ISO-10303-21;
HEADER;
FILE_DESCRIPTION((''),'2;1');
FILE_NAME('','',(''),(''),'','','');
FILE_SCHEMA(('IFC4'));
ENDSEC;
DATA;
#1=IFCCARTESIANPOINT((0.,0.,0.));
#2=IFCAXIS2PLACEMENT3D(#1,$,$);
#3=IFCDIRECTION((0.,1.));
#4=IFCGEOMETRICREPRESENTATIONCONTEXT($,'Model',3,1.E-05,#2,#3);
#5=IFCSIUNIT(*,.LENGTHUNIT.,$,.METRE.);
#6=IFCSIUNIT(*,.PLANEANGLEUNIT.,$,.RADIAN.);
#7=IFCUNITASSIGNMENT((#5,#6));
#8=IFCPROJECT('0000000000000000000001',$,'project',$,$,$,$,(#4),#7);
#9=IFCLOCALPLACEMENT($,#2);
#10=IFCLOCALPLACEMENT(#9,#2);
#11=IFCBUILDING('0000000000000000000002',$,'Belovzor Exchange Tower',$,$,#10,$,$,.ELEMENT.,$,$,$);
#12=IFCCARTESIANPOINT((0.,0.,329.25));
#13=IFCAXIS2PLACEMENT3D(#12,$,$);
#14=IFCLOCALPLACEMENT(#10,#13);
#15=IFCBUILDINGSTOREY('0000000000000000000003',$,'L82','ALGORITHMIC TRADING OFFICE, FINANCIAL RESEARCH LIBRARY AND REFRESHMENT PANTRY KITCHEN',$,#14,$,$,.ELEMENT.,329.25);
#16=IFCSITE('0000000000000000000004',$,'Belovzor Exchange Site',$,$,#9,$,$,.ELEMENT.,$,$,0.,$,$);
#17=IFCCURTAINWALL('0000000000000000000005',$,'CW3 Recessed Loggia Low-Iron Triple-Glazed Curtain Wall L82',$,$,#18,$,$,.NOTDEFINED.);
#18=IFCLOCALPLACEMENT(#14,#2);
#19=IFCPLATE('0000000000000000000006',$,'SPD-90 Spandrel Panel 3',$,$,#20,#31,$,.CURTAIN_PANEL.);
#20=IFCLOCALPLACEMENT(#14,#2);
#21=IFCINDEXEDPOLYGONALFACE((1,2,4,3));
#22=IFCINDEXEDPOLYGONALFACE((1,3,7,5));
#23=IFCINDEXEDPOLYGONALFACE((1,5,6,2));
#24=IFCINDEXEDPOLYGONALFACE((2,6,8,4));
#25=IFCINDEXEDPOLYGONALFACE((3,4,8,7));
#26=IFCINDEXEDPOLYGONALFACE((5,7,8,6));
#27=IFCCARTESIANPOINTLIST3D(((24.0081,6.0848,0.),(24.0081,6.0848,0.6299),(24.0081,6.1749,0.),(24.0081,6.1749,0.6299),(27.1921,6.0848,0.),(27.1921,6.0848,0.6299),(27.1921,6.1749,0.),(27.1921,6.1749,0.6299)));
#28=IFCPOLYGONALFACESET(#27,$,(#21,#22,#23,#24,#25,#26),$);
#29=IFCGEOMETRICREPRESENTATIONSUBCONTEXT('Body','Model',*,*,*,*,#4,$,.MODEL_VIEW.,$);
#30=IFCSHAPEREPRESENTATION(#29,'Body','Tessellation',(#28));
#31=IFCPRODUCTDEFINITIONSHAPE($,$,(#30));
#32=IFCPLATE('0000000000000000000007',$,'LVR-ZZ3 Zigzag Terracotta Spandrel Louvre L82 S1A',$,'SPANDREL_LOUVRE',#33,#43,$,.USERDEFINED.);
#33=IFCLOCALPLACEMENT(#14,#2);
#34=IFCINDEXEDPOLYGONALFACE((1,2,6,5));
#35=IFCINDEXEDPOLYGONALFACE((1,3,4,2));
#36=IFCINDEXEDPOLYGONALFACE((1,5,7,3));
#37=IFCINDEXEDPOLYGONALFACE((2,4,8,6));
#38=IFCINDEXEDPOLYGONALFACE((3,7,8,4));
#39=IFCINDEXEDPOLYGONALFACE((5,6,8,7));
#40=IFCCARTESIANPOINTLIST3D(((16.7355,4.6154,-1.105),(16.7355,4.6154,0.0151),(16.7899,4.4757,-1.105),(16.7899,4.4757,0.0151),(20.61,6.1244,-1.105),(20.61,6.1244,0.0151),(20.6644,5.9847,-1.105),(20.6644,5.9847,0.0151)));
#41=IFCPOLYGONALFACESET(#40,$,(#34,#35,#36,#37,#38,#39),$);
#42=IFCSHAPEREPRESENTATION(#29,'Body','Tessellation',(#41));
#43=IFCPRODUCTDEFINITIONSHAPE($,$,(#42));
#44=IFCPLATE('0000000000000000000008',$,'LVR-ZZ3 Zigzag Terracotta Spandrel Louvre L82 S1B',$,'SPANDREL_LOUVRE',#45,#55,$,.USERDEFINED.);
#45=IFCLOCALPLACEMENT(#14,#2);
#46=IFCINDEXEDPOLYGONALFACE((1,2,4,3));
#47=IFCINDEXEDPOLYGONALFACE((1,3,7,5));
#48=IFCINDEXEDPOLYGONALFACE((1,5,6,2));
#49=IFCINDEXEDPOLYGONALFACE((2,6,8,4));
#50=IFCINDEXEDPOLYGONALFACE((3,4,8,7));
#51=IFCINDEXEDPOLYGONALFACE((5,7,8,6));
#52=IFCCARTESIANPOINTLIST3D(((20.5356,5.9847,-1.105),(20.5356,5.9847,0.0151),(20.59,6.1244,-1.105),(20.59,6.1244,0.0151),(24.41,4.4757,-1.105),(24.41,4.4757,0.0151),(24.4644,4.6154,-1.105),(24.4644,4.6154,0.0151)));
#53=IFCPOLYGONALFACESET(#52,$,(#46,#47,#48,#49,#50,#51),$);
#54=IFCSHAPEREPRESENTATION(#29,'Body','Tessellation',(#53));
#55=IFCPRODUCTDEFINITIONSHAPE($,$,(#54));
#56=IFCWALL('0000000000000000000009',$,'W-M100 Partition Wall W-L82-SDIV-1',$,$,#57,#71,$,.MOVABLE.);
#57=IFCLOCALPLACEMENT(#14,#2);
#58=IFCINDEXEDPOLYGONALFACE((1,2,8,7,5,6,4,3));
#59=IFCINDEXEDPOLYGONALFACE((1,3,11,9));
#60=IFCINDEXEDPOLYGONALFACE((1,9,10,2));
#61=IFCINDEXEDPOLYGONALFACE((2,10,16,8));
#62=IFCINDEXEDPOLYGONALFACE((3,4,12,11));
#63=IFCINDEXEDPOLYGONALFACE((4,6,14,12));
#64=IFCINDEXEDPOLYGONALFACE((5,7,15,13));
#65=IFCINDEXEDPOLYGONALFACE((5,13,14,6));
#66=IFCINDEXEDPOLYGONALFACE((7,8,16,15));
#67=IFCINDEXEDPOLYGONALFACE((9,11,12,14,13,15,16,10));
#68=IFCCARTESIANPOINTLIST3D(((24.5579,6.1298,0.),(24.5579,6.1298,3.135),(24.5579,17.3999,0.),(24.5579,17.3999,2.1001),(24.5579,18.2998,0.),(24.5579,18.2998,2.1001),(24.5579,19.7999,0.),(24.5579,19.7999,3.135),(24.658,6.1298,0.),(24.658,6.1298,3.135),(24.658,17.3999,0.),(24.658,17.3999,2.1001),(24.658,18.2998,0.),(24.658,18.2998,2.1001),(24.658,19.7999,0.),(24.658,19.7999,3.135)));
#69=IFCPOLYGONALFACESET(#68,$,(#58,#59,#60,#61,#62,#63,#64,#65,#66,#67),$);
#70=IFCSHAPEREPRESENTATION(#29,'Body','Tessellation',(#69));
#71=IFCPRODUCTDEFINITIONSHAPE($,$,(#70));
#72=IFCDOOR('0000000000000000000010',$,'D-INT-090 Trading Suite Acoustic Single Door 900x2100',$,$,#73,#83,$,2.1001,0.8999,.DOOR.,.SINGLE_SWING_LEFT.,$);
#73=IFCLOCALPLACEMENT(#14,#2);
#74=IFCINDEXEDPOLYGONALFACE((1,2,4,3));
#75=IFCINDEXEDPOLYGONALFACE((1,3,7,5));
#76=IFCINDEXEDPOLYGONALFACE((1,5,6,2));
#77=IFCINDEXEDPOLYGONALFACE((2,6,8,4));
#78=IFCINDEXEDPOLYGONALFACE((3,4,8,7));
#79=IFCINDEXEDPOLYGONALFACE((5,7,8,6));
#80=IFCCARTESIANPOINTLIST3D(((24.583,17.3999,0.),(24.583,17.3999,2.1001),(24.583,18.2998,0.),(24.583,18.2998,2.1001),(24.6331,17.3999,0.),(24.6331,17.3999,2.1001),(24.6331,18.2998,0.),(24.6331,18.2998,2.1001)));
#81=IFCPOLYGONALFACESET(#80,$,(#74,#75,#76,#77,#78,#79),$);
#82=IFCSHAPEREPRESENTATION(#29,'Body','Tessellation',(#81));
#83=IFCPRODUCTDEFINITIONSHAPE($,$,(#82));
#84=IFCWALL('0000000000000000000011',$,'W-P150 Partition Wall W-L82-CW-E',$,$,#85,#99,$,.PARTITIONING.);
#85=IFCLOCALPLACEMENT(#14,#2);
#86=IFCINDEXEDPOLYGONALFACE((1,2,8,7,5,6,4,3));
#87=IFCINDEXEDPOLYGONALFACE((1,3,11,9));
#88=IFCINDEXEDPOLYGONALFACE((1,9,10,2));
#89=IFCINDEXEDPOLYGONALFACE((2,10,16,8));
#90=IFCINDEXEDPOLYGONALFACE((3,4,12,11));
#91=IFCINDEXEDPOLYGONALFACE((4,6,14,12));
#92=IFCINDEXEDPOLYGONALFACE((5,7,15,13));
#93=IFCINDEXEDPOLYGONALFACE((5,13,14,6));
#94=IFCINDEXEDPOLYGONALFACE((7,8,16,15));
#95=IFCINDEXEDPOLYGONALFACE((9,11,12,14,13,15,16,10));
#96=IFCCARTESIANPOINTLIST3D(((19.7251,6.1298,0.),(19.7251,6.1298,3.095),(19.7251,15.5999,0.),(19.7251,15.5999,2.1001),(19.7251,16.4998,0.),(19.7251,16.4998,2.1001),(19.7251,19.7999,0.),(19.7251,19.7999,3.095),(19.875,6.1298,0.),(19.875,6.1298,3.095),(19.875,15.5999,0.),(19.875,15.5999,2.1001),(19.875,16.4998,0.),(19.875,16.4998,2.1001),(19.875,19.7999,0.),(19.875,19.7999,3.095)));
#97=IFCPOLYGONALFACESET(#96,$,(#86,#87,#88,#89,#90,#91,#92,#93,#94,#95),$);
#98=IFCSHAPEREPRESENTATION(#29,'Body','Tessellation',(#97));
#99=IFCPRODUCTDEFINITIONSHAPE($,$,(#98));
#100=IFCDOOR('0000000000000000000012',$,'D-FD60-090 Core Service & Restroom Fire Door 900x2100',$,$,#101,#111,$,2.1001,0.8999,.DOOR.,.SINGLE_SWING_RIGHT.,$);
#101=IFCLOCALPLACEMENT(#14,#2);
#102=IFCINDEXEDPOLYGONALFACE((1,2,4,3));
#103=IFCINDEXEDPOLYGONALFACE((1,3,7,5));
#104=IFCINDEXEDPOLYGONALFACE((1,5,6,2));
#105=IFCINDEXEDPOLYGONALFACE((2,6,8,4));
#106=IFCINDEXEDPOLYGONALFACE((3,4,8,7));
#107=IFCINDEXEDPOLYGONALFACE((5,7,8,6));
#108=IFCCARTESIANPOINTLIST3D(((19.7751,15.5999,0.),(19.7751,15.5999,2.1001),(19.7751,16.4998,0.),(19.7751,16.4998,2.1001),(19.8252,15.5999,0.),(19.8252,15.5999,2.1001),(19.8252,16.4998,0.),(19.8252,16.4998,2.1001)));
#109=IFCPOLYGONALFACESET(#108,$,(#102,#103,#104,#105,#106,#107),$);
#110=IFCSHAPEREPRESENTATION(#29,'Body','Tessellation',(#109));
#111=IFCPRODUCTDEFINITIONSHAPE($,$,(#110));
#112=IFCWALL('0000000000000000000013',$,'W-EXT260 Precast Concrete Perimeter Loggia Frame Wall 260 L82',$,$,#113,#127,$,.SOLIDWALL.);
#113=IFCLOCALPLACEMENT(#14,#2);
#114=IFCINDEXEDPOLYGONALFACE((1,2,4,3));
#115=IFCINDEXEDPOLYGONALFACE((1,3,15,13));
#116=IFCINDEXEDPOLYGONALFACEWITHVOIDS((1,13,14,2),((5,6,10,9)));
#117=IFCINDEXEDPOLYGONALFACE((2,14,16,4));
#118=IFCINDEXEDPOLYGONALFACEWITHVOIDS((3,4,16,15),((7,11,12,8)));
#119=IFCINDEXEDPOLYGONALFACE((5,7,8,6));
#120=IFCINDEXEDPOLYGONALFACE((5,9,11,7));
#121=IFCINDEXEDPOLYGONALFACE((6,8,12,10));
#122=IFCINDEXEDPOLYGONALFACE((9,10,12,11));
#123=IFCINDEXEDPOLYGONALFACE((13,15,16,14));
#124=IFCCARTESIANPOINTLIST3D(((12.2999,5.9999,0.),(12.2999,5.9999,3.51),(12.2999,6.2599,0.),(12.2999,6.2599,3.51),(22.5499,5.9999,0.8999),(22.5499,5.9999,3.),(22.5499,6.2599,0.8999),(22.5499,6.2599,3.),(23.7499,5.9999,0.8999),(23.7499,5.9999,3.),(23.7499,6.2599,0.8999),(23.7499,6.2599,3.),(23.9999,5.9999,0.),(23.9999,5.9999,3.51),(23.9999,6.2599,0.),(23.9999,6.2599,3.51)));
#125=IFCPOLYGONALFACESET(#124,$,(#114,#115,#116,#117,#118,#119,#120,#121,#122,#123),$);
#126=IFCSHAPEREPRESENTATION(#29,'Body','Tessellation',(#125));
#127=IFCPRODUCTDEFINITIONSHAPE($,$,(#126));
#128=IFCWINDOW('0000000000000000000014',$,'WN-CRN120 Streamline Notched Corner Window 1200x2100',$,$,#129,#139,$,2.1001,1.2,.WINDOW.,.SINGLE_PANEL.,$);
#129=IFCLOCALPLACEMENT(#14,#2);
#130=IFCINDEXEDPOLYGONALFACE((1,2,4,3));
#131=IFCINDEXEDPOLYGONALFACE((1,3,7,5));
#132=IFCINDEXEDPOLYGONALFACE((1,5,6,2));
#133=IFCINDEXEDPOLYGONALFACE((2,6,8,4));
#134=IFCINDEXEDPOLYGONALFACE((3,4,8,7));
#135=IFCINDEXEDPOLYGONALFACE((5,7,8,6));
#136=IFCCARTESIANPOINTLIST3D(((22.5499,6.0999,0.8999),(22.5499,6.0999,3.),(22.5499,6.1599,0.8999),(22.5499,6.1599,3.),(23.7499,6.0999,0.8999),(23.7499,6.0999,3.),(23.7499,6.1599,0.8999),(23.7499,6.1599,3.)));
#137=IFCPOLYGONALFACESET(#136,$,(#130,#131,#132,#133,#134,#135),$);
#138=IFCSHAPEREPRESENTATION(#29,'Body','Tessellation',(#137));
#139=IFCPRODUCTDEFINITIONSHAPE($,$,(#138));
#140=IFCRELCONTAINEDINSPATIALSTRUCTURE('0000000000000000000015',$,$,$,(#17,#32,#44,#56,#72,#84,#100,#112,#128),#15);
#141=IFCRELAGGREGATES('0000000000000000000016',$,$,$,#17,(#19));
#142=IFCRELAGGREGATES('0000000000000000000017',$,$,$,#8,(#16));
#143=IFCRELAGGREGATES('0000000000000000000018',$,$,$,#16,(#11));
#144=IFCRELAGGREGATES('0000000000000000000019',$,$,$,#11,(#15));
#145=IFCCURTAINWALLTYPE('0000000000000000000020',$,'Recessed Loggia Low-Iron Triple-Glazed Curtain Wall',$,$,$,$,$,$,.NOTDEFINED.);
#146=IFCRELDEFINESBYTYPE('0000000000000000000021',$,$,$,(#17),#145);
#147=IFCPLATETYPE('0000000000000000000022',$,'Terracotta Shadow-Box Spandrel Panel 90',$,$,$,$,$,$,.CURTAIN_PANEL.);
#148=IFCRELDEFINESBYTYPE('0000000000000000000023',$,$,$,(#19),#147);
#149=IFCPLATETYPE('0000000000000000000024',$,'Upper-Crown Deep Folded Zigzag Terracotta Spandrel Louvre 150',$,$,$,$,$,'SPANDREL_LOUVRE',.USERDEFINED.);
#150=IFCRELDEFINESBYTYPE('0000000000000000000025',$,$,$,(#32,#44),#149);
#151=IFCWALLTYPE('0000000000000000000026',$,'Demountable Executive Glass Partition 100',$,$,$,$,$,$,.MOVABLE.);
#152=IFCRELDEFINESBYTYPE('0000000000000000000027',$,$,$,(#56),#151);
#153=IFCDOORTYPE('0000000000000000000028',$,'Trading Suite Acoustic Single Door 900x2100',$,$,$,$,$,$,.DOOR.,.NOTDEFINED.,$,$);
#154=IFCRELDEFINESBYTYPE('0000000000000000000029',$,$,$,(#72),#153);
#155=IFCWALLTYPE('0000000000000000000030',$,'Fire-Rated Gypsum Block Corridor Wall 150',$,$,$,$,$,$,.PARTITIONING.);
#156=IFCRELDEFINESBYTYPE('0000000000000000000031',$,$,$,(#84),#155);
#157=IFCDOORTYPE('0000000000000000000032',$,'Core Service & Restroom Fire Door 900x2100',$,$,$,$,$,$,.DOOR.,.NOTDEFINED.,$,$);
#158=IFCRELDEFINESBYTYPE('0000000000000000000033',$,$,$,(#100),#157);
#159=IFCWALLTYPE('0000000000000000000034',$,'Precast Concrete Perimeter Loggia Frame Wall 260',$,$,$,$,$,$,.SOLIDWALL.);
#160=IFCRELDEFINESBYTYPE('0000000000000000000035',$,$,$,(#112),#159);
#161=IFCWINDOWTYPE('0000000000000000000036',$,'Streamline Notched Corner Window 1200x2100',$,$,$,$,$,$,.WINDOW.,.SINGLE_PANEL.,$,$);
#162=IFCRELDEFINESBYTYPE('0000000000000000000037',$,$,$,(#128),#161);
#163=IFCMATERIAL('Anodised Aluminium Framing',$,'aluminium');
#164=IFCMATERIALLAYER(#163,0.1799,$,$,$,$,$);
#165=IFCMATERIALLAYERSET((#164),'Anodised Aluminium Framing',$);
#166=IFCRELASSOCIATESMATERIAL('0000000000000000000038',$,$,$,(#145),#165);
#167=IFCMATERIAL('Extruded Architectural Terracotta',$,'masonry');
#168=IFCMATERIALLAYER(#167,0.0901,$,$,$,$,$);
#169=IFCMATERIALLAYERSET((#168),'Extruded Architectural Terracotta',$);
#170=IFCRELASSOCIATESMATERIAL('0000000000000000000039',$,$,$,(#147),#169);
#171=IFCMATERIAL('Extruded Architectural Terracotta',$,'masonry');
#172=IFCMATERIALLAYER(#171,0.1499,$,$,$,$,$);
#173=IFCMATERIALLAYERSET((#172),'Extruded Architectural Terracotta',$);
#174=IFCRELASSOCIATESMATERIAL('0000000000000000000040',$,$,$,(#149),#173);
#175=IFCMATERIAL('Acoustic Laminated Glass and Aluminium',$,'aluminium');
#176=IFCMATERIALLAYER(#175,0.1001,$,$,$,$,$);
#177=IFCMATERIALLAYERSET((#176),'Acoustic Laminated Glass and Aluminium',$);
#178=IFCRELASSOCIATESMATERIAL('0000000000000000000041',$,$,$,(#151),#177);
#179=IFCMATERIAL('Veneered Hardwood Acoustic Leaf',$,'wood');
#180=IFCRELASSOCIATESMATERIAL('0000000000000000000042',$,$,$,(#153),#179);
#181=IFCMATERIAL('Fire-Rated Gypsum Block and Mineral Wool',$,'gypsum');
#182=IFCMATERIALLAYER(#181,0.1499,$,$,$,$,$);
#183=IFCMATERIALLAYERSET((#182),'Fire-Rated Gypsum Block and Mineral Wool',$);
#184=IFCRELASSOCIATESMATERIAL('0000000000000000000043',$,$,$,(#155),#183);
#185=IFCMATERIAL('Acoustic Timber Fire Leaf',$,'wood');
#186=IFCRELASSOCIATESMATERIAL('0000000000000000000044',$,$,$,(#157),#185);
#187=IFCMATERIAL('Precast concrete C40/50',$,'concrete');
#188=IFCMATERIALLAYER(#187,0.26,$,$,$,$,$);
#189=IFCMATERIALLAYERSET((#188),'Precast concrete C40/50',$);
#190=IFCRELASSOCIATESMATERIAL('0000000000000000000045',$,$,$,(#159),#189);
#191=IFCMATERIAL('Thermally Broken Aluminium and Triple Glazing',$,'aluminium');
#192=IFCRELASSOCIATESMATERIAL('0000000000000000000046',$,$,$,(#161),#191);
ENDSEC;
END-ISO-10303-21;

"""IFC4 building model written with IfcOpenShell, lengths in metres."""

from ifc_helpers import new_model, si_unit, direction, frame, frame_2d, origin, origin_2d, place, context, subcontext, project, spatial, rectangle, extrude, material, layer, layer_set, type_object, element, fill, aggregate, save


model = new_model("IFC4")

# Units and contexts
model_context = context("Model", 3, precision=1e-05, world=origin(), true_north=direction((0.0, 1.0)))
body_context = subcontext(model_context, "Body", "Model", "MODEL_VIEW")
ifc_project = project(units=[si_unit("LENGTHUNIT", "METRE"), si_unit("PLANEANGLEUNIT", "RADIAN")], contexts=[model_context])

# Site, building, storey
site_placement = place(None, origin())
site = spatial("IfcSite", under=ifc_project, at=site_placement, Name="Belovzor Exchange Site", CompositionType="ELEMENT", RefElevation=0.0)
building_placement = place(site_placement, origin())
building = spatial("IfcBuilding", under=site, at=building_placement, Name="Belovzor Exchange Tower", CompositionType="ELEMENT")
storey_placement = place(building_placement, frame((0.0, 0.0, 329.25)))
storey = spatial("IfcBuildingStorey", under=building, at=storey_placement, Name="L82", Description="ALGORITHMIC TRADING OFFICE, FINANCIAL RESEARCH LIBRARY AND REFRESHMENT PANTRY KITCHEN", CompositionType="ELEMENT", Elevation=329.25)

# Curtain wall
ifc_material_1 = material(Name="Anodised Aluminium Framing", Category="aluminium")
ifc_layer_1 = layer(ifc_material_1, 0.1799)
ifc_layer_set_1 = layer_set([ifc_layer_1], Name="Anodised Aluminium Framing")
curtain_wall_type = type_object("IfcCurtainWallType", Name="Recessed Loggia Low-Iron Triple-Glazed Curtain Wall", PredefinedType="NOTDEFINED", material=ifc_layer_set_1)
curtain_wall_placement = place(storey_placement, origin())
curtain_wall = element("IfcCurtainWall", 1, at=curtain_wall_placement, inside=storey, type_object=curtain_wall_type, Name="CW3 Recessed Loggia Low-Iron Triple-Glazed Curtain Wall L82", PredefinedType="NOTDEFINED")

# Plate
ifc_material_2 = material(Name="Extruded Architectural Terracotta", Category="masonry")
ifc_layer_2 = layer(ifc_material_2, 0.0901)
ifc_layer_set_2 = layer_set([ifc_layer_2], Name="Extruded Architectural Terracotta")
plate_type_1 = type_object("IfcPlateType", Name="Terracotta Shadow-Box Spandrel Panel 90", PredefinedType="CURTAIN_PANEL", material=ifc_layer_set_2)
plate_1_placement = place(storey_placement, frame((25.6001, 6.1299, 0.0), z_axis=(0.0, 0.0, 1.0), x_axis=(-1.0, 0.0, 0.0)))
plate_1 = element("IfcPlate", 2, at=plate_1_placement, type_object=plate_type_1, Name="SPD-90 Spandrel Panel 3", PredefinedType="CURTAIN_PANEL", context=body_context, shape_type="SweptSolid", body=[
    extrude(rectangle(XDim=3.1841, YDim=0.0901, at=origin_2d()), origin(), (0.0, 0.0, 1.0), 0.6299),
])
aggregate(curtain_wall, [plate_1])

# Plates
ifc_material_3 = material(Name="Extruded Architectural Terracotta", Category="masonry")
ifc_layer_3 = layer(ifc_material_3, 0.1499)
ifc_layer_set_3 = layer_set([ifc_layer_3], Name="Extruded Architectural Terracotta")
plate_type_2 = type_object("IfcPlateType", Name="Upper-Crown Deep Folded Zigzag Terracotta Spandrel Louvre 150", ElementType="SPANDREL_LOUVRE", PredefinedType="USERDEFINED", material=ifc_layer_set_3)
for number, where, z_axis, x_axis, name in (
    (3, (18.7, 5.3, -1.105), (0.0, 0.0, 1.0), (0.931818, 0.362926, 0.0), "LVR-ZZ3 Zigzag Terracotta Spandrel Louvre L82 S1A"),
    (4, (22.5, 5.3, -1.105), (0.0, 0.0, 1.0), (0.931818, -0.362926, 0.0), "LVR-ZZ3 Zigzag Terracotta Spandrel Louvre L82 S1B"),
):
    element("IfcPlate", number, at=place(storey_placement, frame(where, z_axis=z_axis, x_axis=x_axis)), inside=storey, type_object=plate_type_2, Name=name, ObjectType="SPANDREL_LOUVRE", PredefinedType="USERDEFINED", context=body_context, shape_type="SweptSolid", body=[
        extrude(rectangle(XDim=4.158, YDim=0.1499, at=origin_2d()), origin(), (0.0, 0.0, 1.0), 1.1201),
    ])

# Walls, openings, doors
ifc_material_4 = material(Name="Acoustic Laminated Glass and Aluminium", Category="aluminium")
ifc_layer_4 = layer(ifc_material_4, 0.1001)
ifc_layer_set_4 = layer_set([ifc_layer_4], Name="Acoustic Laminated Glass and Aluminium")
wall_type_1 = type_object("IfcWallType", Name="Demountable Executive Glass Partition 100", PredefinedType="MOVABLE", material=ifc_layer_set_4)
wall_1_placement = place(storey_placement, frame((24.6079, 6.1299, 0.0), z_axis=(0.0, 0.0, 1.0), x_axis=(0.0, 1.0, 0.0)))
wall_1 = element("IfcWall", 5, at=wall_1_placement, inside=storey, type_object=wall_type_1, Name="W-M100 Partition Wall W-L82-SDIV-1", PredefinedType="MOVABLE", context=body_context, shape_type="SweptSolid", body=[
    extrude(rectangle(XDim=13.6702, YDim=0.1001, at=frame_2d((6.835, 0.0))), origin(), (0.0, 0.0, 1.0), 3.135),
])
opening_1_placement = place(wall_1_placement, frame((11.27, 0.0, 0.0)))
opening_1 = element("IfcOpeningElement", 6, at=opening_1_placement, cuts=wall_1, PredefinedType="OPENING", context=body_context, shape_type="SweptSolid", body=[
    extrude(rectangle(XDim=0.8999, YDim=2.1001, at=frame_2d((0.45, 1.05))), frame((0.0, 0.0601, 0.0), z_axis=(0.0, -1.0, 0.0), x_axis=(1.0, 0.0, 0.0)), (0.0, 0.0, 1.0), 0.1201),
])
ifc_material_5 = material(Name="Veneered Hardwood Acoustic Leaf", Category="wood")
door_type_1 = type_object("IfcDoorType", Name="Trading Suite Acoustic Single Door 900x2100", OperationType="NOTDEFINED", PredefinedType="DOOR", material=ifc_material_5)
door_1_placement = place(opening_1_placement, origin())
door_1 = element("IfcDoor", 7, at=door_1_placement, inside=storey, type_object=door_type_1, Name="D-INT-090 Trading Suite Acoustic Single Door 900x2100", OperationType="SINGLE_SWING_LEFT", OverallHeight=2.1001, OverallWidth=0.8999, PredefinedType="DOOR", context=body_context, shape_type="SweptSolid", body=[
    extrude(rectangle(XDim=0.8999, YDim=2.1001, at=frame_2d((0.45, 1.05))), frame((0.0, 0.0249, 0.0), z_axis=(0.0, -1.0, 0.0), x_axis=(1.0, 0.0, 0.0)), (0.0, 0.0, 1.0), 0.05),
])
fill(opening_1, door_1)
ifc_material_6 = material(Name="Fire-Rated Gypsum Block and Mineral Wool", Category="gypsum")
ifc_layer_5 = layer(ifc_material_6, 0.1499)
ifc_layer_set_5 = layer_set([ifc_layer_5], Name="Fire-Rated Gypsum Block and Mineral Wool")
wall_type_2 = type_object("IfcWallType", Name="Fire-Rated Gypsum Block Corridor Wall 150", PredefinedType="PARTITIONING", material=ifc_layer_set_5)
wall_2_placement = place(storey_placement, frame((19.8, 6.1299, 0.0), z_axis=(0.0, 0.0, 1.0), x_axis=(0.0, 1.0, 0.0)))
wall_2 = element("IfcWall", 8, at=wall_2_placement, inside=storey, type_object=wall_type_2, Name="W-P150 Partition Wall W-L82-CW-E", PredefinedType="PARTITIONING", context=body_context, shape_type="SweptSolid", body=[
    extrude(rectangle(XDim=13.6702, YDim=0.1499, at=frame_2d((6.835, 0.0))), origin(), (0.0, 0.0, 1.0), 3.095),
])
opening_2_placement = place(wall_2_placement, frame((9.47, 0.0, 0.0)))
opening_2 = element("IfcOpeningElement", 9, at=opening_2_placement, cuts=wall_2, PredefinedType="OPENING", context=body_context, shape_type="SweptSolid", body=[
    extrude(rectangle(XDim=0.8999, YDim=2.1001, at=frame_2d((0.45, 1.05))), frame((0.0, 0.085, 0.0), z_axis=(0.0, -1.0, 0.0), x_axis=(1.0, 0.0, 0.0)), (0.0, 0.0, 1.0), 0.1699),
])
ifc_material_7 = material(Name="Acoustic Timber Fire Leaf", Category="wood")
door_type_2 = type_object("IfcDoorType", Name="Core Service & Restroom Fire Door 900x2100", OperationType="NOTDEFINED", PredefinedType="DOOR", material=ifc_material_7)
door_2_placement = place(opening_2_placement, origin())
door_2 = element("IfcDoor", 10, at=door_2_placement, inside=storey, type_object=door_type_2, Name="D-FD60-090 Core Service & Restroom Fire Door 900x2100", OperationType="SINGLE_SWING_RIGHT", OverallHeight=2.1001, OverallWidth=0.8999, PredefinedType="DOOR", context=body_context, shape_type="SweptSolid", body=[
    extrude(rectangle(XDim=0.8999, YDim=2.1001, at=frame_2d((0.45, 1.05))), frame((0.0, 0.0249, 0.0), z_axis=(0.0, -1.0, 0.0), x_axis=(1.0, 0.0, 0.0)), (0.0, 0.0, 1.0), 0.05),
])
fill(opening_2, door_2)

# Wall, opening, window
ifc_material_8 = material(Name="Precast concrete C40/50", Category="concrete")
ifc_layer_6 = layer(ifc_material_8, 0.26)
ifc_layer_set_6 = layer_set([ifc_layer_6], Name="Precast concrete C40/50")
wall_type_3 = type_object("IfcWallType", Name="Precast Concrete Perimeter Loggia Frame Wall 260", PredefinedType="SOLIDWALL", material=ifc_layer_set_6)
wall_3_placement = place(storey_placement, frame((24.0, 6.1299, 0.0), z_axis=(0.0, 0.0, 1.0), x_axis=(-1.0, 0.0, 0.0)))
wall_3 = element("IfcWall", 11, at=wall_3_placement, inside=storey, type_object=wall_type_3, Name="W-EXT260 Precast Concrete Perimeter Loggia Frame Wall 260 L82", PredefinedType="SOLIDWALL", context=body_context, shape_type="SweptSolid", body=[
    extrude(rectangle(XDim=11.7, YDim=0.26, at=frame_2d((5.8501, 0.0))), origin(), (0.0, 0.0, 1.0), 3.51),
])
opening_3_placement = place(wall_3_placement, frame((0.25, 0.0, 0.8999)))
opening_3 = element("IfcOpeningElement", 12, at=opening_3_placement, cuts=wall_3, PredefinedType="OPENING", context=body_context, shape_type="SweptSolid", body=[
    extrude(rectangle(XDim=1.2, YDim=2.1001, at=frame_2d((0.6001, 1.05))), frame((0.0, 0.1399, 0.0), z_axis=(0.0, -1.0, 0.0), x_axis=(1.0, 0.0, 0.0)), (0.0, 0.0, 1.0), 0.28),
])
ifc_material_9 = material(Name="Thermally Broken Aluminium and Triple Glazing", Category="aluminium")
window_type = type_object("IfcWindowType", Name="Streamline Notched Corner Window 1200x2100", PartitioningType="SINGLE_PANEL", PredefinedType="WINDOW", material=ifc_material_9)
window_placement = place(opening_3_placement, origin())
window = element("IfcWindow", 13, at=window_placement, inside=storey, type_object=window_type, Name="WN-CRN120 Streamline Notched Corner Window 1200x2100", OverallHeight=2.1001, OverallWidth=1.2, PartitioningType="SINGLE_PANEL", PredefinedType="WINDOW", context=body_context, shape_type="SweptSolid", body=[
    extrude(rectangle(XDim=1.2, YDim=2.1001, at=frame_2d((0.6001, 1.05))), frame((0.0, 0.03, 0.0), z_axis=(0.0, -1.0, 0.0), x_axis=(1.0, 0.0, 0.0)), (0.0, 0.0, 1.0), 0.0601),
])
fill(opening_3, window)

save(model, "model.ifc")
